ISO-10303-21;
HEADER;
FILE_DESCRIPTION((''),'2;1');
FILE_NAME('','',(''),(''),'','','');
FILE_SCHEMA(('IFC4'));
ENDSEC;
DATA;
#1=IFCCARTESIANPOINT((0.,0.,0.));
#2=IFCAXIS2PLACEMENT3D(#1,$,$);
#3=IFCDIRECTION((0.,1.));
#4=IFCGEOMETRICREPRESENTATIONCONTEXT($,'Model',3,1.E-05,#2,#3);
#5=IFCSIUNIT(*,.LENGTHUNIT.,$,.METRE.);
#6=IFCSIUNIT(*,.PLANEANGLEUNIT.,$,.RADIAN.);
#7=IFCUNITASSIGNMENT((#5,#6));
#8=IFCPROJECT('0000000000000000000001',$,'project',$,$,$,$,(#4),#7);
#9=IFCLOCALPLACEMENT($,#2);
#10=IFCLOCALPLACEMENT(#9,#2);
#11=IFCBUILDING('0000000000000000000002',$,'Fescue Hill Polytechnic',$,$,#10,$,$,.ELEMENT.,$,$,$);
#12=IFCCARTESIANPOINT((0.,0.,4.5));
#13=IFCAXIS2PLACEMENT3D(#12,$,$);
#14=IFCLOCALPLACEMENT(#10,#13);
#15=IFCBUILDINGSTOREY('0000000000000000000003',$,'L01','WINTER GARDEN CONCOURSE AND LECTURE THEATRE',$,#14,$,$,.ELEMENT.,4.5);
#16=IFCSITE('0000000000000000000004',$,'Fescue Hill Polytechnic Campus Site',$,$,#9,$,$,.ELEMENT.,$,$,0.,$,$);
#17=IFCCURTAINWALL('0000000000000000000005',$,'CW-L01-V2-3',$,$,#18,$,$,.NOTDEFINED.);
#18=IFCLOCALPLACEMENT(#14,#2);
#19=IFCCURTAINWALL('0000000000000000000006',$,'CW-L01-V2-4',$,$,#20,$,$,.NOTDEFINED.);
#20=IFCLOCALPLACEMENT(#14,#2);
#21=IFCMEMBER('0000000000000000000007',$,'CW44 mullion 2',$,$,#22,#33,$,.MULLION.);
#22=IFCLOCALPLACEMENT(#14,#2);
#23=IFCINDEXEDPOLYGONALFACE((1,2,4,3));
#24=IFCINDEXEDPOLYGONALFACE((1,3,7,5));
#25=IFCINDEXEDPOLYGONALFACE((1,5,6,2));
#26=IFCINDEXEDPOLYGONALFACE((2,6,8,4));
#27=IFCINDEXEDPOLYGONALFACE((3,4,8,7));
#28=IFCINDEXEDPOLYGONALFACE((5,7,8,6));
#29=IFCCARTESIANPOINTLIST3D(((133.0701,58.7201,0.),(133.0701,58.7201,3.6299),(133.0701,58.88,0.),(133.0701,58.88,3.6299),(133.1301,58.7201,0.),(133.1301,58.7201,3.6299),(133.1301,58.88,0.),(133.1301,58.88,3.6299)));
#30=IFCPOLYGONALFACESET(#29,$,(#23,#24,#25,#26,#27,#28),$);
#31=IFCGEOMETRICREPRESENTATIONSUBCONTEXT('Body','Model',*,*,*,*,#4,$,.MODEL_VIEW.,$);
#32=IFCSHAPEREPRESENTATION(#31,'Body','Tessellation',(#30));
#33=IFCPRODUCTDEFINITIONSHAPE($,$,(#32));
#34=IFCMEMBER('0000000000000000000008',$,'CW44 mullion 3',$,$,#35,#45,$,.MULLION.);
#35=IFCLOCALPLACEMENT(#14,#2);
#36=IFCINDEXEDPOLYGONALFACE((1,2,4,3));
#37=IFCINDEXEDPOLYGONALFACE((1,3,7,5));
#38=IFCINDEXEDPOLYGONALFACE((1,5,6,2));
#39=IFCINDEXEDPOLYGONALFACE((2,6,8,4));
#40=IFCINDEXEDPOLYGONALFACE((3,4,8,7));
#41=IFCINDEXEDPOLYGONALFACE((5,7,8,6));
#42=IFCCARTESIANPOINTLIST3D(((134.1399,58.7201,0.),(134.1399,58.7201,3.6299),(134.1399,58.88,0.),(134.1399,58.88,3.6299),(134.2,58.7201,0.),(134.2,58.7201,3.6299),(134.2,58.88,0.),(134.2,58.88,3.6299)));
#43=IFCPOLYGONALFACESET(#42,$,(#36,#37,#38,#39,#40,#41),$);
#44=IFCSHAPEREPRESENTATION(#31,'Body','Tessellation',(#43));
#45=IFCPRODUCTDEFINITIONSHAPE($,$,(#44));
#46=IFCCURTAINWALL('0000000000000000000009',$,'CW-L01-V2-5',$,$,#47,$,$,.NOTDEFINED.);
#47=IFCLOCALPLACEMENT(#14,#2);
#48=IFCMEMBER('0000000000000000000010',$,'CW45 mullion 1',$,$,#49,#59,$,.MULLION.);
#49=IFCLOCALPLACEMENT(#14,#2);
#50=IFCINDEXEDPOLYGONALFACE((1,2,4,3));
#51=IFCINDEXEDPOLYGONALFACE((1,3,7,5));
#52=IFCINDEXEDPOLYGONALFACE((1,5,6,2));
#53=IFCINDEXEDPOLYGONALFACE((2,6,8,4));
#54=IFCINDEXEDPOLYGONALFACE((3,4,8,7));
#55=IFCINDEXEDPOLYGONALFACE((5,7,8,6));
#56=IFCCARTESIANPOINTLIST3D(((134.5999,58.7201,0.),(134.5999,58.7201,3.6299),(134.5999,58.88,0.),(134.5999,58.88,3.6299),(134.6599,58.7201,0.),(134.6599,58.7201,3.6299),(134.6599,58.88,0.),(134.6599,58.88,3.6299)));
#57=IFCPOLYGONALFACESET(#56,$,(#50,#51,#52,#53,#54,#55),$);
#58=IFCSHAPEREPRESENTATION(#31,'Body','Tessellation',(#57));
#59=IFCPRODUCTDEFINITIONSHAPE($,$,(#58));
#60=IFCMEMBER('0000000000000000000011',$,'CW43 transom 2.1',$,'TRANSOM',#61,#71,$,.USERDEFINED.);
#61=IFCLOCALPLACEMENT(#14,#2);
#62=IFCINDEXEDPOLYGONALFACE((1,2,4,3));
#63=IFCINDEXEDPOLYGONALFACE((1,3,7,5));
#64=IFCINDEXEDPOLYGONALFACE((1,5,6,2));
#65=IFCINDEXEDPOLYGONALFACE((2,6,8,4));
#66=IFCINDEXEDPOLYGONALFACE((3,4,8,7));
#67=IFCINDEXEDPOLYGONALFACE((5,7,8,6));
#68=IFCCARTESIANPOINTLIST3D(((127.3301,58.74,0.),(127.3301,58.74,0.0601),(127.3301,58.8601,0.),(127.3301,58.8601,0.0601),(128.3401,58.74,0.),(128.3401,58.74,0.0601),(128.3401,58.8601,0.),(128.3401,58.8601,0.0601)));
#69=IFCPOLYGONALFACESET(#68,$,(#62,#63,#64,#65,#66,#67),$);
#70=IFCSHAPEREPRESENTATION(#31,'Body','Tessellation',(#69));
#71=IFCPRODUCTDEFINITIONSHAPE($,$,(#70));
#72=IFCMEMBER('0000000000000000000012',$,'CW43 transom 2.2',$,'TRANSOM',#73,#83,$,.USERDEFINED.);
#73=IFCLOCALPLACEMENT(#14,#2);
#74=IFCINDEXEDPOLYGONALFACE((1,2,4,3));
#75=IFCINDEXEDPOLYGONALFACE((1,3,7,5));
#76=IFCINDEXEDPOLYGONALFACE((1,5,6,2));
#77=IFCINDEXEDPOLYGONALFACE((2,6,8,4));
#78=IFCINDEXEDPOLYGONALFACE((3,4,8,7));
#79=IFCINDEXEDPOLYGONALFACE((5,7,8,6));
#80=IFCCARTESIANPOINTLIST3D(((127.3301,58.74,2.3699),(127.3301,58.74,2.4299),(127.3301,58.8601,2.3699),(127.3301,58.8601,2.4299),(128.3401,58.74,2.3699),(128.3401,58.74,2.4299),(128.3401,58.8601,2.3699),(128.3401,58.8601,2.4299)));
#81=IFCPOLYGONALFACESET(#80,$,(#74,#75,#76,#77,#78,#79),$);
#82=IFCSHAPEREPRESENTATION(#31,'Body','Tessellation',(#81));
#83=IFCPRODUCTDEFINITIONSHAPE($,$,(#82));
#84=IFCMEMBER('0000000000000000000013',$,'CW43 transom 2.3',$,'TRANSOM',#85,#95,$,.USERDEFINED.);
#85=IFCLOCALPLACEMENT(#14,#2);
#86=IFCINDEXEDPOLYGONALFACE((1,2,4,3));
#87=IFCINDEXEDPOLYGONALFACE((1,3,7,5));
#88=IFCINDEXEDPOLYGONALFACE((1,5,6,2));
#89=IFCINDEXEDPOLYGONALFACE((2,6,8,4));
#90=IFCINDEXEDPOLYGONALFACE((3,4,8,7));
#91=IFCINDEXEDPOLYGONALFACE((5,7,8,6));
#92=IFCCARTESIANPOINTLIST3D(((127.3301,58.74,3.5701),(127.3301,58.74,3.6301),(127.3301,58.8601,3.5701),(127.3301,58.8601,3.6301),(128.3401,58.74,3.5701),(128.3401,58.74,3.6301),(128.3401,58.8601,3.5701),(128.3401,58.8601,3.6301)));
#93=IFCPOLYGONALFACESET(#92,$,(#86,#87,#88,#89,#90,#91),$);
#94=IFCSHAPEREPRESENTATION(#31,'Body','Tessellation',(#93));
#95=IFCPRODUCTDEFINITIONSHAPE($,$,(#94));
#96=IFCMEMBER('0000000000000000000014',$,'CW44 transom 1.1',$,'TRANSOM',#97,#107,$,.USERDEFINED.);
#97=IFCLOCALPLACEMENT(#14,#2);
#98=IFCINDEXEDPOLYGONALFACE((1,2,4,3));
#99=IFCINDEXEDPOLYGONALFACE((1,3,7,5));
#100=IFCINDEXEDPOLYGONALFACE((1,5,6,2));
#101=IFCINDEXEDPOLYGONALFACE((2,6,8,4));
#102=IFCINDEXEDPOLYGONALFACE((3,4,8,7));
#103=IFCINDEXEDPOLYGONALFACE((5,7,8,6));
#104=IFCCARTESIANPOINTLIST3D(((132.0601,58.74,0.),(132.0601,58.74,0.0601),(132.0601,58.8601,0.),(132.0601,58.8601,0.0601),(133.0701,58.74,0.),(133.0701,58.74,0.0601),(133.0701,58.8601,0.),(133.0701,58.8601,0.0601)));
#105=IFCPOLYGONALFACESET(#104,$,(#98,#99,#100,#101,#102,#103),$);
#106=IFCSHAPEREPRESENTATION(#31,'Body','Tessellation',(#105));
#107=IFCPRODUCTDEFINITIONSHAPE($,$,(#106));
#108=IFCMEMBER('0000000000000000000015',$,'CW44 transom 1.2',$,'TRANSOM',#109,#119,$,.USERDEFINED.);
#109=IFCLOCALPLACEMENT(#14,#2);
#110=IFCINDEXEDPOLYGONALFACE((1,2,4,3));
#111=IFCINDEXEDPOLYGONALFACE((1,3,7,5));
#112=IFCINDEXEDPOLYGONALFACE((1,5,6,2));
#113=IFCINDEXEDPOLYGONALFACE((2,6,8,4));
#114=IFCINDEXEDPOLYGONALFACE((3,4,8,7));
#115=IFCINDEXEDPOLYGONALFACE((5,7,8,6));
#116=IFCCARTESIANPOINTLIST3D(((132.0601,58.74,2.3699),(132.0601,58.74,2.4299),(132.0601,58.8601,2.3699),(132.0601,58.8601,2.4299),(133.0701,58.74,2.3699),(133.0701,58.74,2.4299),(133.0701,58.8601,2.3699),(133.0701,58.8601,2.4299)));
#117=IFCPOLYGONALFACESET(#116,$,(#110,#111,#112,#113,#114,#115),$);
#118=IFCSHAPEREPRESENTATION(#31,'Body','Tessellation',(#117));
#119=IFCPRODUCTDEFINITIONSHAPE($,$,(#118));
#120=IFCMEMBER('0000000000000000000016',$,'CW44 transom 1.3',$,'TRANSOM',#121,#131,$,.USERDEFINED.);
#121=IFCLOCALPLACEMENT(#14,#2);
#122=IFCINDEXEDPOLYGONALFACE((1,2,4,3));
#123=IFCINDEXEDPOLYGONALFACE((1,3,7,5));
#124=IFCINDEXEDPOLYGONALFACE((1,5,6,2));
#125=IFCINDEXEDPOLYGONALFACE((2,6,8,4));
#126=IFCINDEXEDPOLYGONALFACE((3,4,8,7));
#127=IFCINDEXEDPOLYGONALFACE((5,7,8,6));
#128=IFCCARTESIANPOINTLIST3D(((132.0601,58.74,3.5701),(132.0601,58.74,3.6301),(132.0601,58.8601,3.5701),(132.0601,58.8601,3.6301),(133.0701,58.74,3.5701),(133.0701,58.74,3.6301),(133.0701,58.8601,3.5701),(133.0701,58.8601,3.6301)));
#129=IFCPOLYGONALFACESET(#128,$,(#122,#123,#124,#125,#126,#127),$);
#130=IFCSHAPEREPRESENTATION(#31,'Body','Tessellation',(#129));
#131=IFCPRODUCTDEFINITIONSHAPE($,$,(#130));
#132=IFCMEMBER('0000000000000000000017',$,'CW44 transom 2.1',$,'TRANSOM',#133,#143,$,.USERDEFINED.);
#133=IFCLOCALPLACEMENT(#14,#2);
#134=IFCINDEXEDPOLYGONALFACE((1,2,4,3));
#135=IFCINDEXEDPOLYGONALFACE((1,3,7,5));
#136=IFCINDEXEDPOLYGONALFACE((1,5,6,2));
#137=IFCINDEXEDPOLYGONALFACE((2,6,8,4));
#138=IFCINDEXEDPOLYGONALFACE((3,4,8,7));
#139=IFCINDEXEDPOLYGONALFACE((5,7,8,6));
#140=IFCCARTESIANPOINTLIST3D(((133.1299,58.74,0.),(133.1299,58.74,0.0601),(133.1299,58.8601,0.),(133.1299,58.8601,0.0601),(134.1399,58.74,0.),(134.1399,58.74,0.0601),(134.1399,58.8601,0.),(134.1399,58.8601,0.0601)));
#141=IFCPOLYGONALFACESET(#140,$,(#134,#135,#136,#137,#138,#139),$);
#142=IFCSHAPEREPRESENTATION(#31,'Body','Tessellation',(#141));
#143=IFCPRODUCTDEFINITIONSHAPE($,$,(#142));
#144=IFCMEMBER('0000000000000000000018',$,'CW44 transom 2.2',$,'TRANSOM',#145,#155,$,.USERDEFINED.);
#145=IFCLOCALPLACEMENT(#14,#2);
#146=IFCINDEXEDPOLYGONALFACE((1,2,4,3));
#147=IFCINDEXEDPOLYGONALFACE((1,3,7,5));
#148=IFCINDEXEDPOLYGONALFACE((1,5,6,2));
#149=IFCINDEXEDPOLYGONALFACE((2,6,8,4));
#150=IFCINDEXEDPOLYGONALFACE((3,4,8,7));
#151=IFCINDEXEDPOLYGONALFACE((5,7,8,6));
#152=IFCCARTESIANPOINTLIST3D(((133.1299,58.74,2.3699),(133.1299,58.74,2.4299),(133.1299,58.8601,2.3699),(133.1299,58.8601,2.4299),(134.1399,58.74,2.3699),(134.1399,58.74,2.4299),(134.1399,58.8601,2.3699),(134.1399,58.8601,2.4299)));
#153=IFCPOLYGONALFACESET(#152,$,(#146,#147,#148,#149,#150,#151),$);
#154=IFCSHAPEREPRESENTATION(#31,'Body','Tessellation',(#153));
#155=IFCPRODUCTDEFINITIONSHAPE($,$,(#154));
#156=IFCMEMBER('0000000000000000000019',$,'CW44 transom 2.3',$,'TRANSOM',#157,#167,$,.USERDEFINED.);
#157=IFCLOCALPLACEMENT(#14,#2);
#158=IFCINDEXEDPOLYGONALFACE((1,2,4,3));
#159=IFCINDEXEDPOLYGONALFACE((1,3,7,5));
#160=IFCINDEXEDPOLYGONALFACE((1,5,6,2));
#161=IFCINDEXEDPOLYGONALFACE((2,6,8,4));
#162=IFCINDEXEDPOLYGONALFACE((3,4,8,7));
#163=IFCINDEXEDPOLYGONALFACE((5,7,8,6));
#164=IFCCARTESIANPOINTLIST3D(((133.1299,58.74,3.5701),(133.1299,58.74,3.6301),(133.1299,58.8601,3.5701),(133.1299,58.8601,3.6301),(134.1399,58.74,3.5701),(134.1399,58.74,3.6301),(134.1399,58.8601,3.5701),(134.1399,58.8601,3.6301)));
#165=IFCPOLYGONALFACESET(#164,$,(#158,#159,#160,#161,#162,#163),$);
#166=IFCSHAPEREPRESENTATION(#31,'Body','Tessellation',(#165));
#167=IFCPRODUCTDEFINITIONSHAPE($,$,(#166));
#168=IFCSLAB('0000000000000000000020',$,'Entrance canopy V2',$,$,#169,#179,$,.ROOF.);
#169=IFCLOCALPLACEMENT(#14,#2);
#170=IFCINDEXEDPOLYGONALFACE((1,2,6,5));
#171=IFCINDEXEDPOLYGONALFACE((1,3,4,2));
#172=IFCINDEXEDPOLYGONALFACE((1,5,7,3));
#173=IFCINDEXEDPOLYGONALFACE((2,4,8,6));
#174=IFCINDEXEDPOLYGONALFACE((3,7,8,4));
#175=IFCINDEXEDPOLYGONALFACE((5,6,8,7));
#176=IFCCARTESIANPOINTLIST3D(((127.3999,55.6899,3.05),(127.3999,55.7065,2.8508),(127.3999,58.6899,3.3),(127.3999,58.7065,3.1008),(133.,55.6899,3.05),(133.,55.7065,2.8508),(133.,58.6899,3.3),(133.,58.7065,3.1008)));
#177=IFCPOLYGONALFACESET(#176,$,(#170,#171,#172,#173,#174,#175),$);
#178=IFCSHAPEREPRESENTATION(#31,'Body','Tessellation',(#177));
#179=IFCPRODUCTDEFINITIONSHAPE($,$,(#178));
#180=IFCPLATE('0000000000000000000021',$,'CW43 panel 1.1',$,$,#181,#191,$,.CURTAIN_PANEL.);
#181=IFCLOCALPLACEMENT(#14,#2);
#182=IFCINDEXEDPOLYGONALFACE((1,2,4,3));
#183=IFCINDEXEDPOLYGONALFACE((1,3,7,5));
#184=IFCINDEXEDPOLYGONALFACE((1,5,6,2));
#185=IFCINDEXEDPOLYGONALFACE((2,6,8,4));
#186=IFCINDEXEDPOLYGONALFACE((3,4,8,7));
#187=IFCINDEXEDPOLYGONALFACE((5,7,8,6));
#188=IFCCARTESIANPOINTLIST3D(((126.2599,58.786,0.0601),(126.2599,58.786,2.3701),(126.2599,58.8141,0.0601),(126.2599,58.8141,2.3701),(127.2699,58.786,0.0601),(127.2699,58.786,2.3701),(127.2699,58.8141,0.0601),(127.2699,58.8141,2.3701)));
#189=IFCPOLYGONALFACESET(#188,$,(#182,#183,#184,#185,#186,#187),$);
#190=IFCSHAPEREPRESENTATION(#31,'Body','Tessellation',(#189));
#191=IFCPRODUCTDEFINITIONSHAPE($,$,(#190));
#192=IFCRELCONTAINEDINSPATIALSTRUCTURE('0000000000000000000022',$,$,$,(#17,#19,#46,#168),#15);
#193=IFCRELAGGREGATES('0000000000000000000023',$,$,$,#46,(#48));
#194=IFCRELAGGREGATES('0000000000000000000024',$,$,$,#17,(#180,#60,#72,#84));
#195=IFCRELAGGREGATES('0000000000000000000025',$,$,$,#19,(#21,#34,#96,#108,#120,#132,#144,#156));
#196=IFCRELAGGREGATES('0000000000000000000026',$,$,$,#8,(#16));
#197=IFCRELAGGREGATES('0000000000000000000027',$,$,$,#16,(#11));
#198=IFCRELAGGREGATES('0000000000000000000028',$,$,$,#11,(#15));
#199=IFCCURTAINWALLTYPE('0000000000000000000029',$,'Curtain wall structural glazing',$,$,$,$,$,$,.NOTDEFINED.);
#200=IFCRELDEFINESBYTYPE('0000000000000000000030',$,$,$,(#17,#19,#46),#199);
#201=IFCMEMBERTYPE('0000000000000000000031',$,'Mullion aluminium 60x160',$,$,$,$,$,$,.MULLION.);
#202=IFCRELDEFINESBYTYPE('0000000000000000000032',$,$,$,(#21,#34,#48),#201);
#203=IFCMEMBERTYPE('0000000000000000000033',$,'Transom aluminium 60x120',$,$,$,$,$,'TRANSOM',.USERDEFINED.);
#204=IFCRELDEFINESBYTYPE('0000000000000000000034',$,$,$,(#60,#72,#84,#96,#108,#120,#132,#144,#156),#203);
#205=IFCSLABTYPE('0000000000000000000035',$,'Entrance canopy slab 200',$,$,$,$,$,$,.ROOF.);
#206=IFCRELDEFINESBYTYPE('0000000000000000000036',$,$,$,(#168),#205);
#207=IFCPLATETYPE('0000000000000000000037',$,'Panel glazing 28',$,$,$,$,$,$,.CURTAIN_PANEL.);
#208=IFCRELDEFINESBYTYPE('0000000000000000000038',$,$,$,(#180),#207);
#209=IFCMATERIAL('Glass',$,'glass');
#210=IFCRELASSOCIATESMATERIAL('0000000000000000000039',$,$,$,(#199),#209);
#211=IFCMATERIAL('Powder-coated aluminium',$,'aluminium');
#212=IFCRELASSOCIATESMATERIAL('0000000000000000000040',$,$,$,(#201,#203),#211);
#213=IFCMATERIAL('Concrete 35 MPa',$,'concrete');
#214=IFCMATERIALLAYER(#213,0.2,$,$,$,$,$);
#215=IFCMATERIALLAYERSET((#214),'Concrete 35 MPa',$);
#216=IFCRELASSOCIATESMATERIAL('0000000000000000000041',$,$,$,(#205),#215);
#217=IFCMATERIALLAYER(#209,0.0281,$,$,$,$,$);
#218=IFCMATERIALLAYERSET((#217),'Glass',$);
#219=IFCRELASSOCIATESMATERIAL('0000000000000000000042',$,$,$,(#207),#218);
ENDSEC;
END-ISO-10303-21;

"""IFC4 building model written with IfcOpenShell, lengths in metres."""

from ifc_helpers import new_model, si_unit, direction, frame, origin, origin_2d, place, context, subcontext, project, spatial, polyline, rectangle, outline, extrude, material, layer, layer_set, material_profile, profile_set, type_object, element, aggregate, save


model = new_model("IFC4")

# Units and contexts
model_context = context("Model", 3, precision=1e-05, world=origin(), true_north=direction((0.0, 1.0)))
body_context = subcontext(model_context, "Body", "Model", "MODEL_VIEW")
ifc_project = project(units=[si_unit("LENGTHUNIT", "METRE"), si_unit("PLANEANGLEUNIT", "RADIAN")], contexts=[model_context])

# Site, building, storey
site_placement = place(None, origin())
site = spatial("IfcSite", under=ifc_project, at=site_placement, Name="Fescue Hill Polytechnic Campus Site", CompositionType="ELEMENT", RefElevation=0.0)
building_placement = place(site_placement, origin())
building = spatial("IfcBuilding", under=site, at=building_placement, Name="Fescue Hill Polytechnic", CompositionType="ELEMENT")
storey_placement = place(building_placement, frame((0.0, 0.0, 4.5)))
storey = spatial("IfcBuildingStorey", under=building, at=storey_placement, Name="L01", Description="WINTER GARDEN CONCOURSE AND LECTURE THEATRE", CompositionType="ELEMENT", Elevation=4.5)

# Shared definitions
ifc_material_1 = material(Name="Concrete 35 MPa", Category="concrete")

# Curtain walls, members
ifc_material_2 = material(Name="Glass", Category="glass")
curtain_wall_type = type_object("IfcCurtainWallType", Name="Curtain wall structural glazing", PredefinedType="NOTDEFINED", material=ifc_material_2)
curtain_wall_1_placement = place(storey_placement, origin())
curtain_wall_1 = element("IfcCurtainWall", 1, at=curtain_wall_1_placement, inside=storey, type_object=curtain_wall_type, Name="CW-L01-V2-3", PredefinedType="NOTDEFINED")
ifc_material_3 = material(Name="Powder-coated aluminium", Category="aluminium")
ifc_material_profile_1 = material_profile(ifc_material_3, rectangle(XDim=0.1599, YDim=0.0601, at=origin_2d()), Name="Mullion aluminium 60x160")
ifc_profile_set_1 = profile_set([ifc_material_profile_1], Name="Powder-coated aluminium")
member_type_1 = type_object("IfcMemberType", Name="Mullion aluminium 60x160", PredefinedType="MULLION", material=ifc_profile_set_1)
curtain_wall_2_placement = place(storey_placement, origin())
curtain_wall_2 = element("IfcCurtainWall", 2, at=curtain_wall_2_placement, inside=storey, type_object=curtain_wall_type, Name="CW-L01-V2-4", PredefinedType="NOTDEFINED")
member_1_placement = place(storey_placement, frame((133.1001, 58.8, 0.0), z_axis=(0.0, 0.0, 1.0), x_axis=(0.0, 1.0, 0.0)))
member_1 = element("IfcMember", 3, at=member_1_placement, type_object=member_type_1, Name="CW44 mullion 2", PredefinedType="MULLION", context=body_context, shape_type="SweptSolid", body=[
    extrude(rectangle(XDim=0.1599, YDim=0.0601, at=origin_2d()), origin(), (0.0, 0.0, 1.0), 3.6299),
])
member_2_placement = place(storey_placement, frame((134.1699, 58.8, 0.0), z_axis=(0.0, 0.0, 1.0), x_axis=(0.0, 1.0, 0.0)))
member_2 = element("IfcMember", 4, at=member_2_placement, type_object=member_type_1, Name="CW44 mullion 3", PredefinedType="MULLION", context=body_context, shape_type="SweptSolid", body=[
    extrude(rectangle(XDim=0.1599, YDim=0.0601, at=origin_2d()), origin(), (0.0, 0.0, 1.0), 3.6299),
])

# Curtain wall, member
curtain_wall_3_placement = place(storey_placement, origin())
curtain_wall_3 = element("IfcCurtainWall", 5, at=curtain_wall_3_placement, inside=storey, type_object=curtain_wall_type, Name="CW-L01-V2-5", PredefinedType="NOTDEFINED")
member_3_placement = place(storey_placement, frame((134.6299, 58.8, 0.0), z_axis=(0.0, 0.0, 1.0), x_axis=(0.0, 1.0, 0.0)))
member_3 = element("IfcMember", 6, at=member_3_placement, type_object=member_type_1, Name="CW45 mullion 1", PredefinedType="MULLION", context=body_context, shape_type="SweptSolid", body=[
    extrude(rectangle(XDim=0.1599, YDim=0.0601, at=origin_2d()), origin(), (0.0, 0.0, 1.0), 3.6299),
])
aggregate(curtain_wall_3, [member_3])

# Members
ifc_material_profile_2 = material_profile(ifc_material_3, rectangle(XDim=0.1201, YDim=0.0601, at=origin_2d()), Name="Transom aluminium 60x120")
ifc_profile_set_2 = profile_set([ifc_material_profile_2], Name="Powder-coated aluminium")
member_type_2 = type_object("IfcMemberType", Name="Transom aluminium 60x120", ElementType="TRANSOM", PredefinedType="USERDEFINED", material=ifc_profile_set_2)
member_4_placement = place(storey_placement, frame((127.3301, 58.8, 0.03), z_axis=(1.0, 0.0, 0.0), x_axis=(0.0, 1.0, 0.0)))
member_4 = element("IfcMember", 7, at=member_4_placement, type_object=member_type_2, Name="CW43 transom 2.1", ObjectType="TRANSOM", PredefinedType="USERDEFINED", context=body_context, shape_type="SweptSolid", body=[
    extrude(rectangle(XDim=0.1201, YDim=0.0601, at=origin_2d()), origin(), (0.0, 0.0, 1.0), 1.01),
])
member_5_placement = place(storey_placement, frame((127.3301, 58.8, 2.3999), z_axis=(1.0, 0.0, 0.0), x_axis=(0.0, 1.0, 0.0)))
member_5 = element("IfcMember", 8, at=member_5_placement, type_object=member_type_2, Name="CW43 transom 2.2", ObjectType="TRANSOM", PredefinedType="USERDEFINED", context=body_context, shape_type="SweptSolid", body=[
    extrude(rectangle(XDim=0.1201, YDim=0.0601, at=origin_2d()), origin(), (0.0, 0.0, 1.0), 1.01),
])
member_6_placement = place(storey_placement, frame((127.3301, 58.8, 3.6001), z_axis=(1.0, 0.0, 0.0), x_axis=(0.0, 1.0, 0.0)))
member_6 = element("IfcMember", 9, at=member_6_placement, type_object=member_type_2, Name="CW43 transom 2.3", ObjectType="TRANSOM", PredefinedType="USERDEFINED", context=body_context, shape_type="SweptSolid", body=[
    extrude(rectangle(XDim=0.1201, YDim=0.0601, at=origin_2d()), origin(), (0.0, 0.0, 1.0), 1.01),
])
member_7_placement = place(storey_placement, frame((132.0601, 58.8, 0.03), z_axis=(1.0, 0.0, 0.0), x_axis=(0.0, 1.0, 0.0)))
member_7 = element("IfcMember", 10, at=member_7_placement, type_object=member_type_2, Name="CW44 transom 1.1", ObjectType="TRANSOM", PredefinedType="USERDEFINED", context=body_context, shape_type="SweptSolid", body=[
    extrude(rectangle(XDim=0.1201, YDim=0.0601, at=origin_2d()), origin(), (0.0, 0.0, 1.0), 1.01),
])
member_8_placement = place(storey_placement, frame((132.0601, 58.8, 2.3999), z_axis=(1.0, 0.0, 0.0), x_axis=(0.0, 1.0, 0.0)))
member_8 = element("IfcMember", 11, at=member_8_placement, type_object=member_type_2, Name="CW44 transom 1.2", ObjectType="TRANSOM", PredefinedType="USERDEFINED", context=body_context, shape_type="SweptSolid", body=[
    extrude(rectangle(XDim=0.1201, YDim=0.0601, at=origin_2d()), origin(), (0.0, 0.0, 1.0), 1.01),
])
member_9_placement = place(storey_placement, frame((132.0601, 58.8, 3.6001), z_axis=(1.0, 0.0, 0.0), x_axis=(0.0, 1.0, 0.0)))
member_9 = element("IfcMember", 12, at=member_9_placement, type_object=member_type_2, Name="CW44 transom 1.3", ObjectType="TRANSOM", PredefinedType="USERDEFINED", context=body_context, shape_type="SweptSolid", body=[
    extrude(rectangle(XDim=0.1201, YDim=0.0601, at=origin_2d()), origin(), (0.0, 0.0, 1.0), 1.01),
])
member_10_placement = place(storey_placement, frame((133.1299, 58.8, 0.03), z_axis=(1.0, 0.0, 0.0), x_axis=(0.0, 1.0, 0.0)))
member_10 = element("IfcMember", 13, at=member_10_placement, type_object=member_type_2, Name="CW44 transom 2.1", ObjectType="TRANSOM", PredefinedType="USERDEFINED", context=body_context, shape_type="SweptSolid", body=[
    extrude(rectangle(XDim=0.1201, YDim=0.0601, at=origin_2d()), origin(), (0.0, 0.0, 1.0), 1.01),
])
member_11_placement = place(storey_placement, frame((133.1299, 58.8, 2.3999), z_axis=(1.0, 0.0, 0.0), x_axis=(0.0, 1.0, 0.0)))
member_11 = element("IfcMember", 14, at=member_11_placement, type_object=member_type_2, Name="CW44 transom 2.2", ObjectType="TRANSOM", PredefinedType="USERDEFINED", context=body_context, shape_type="SweptSolid", body=[
    extrude(rectangle(XDim=0.1201, YDim=0.0601, at=origin_2d()), origin(), (0.0, 0.0, 1.0), 1.01),
])
member_12_placement = place(storey_placement, frame((133.1299, 58.8, 3.6001), z_axis=(1.0, 0.0, 0.0), x_axis=(0.0, 1.0, 0.0)))
member_12 = element("IfcMember", 15, at=member_12_placement, type_object=member_type_2, Name="CW44 transom 2.3", ObjectType="TRANSOM", PredefinedType="USERDEFINED", context=body_context, shape_type="SweptSolid", body=[
    extrude(rectangle(XDim=0.1201, YDim=0.0601, at=origin_2d()), origin(), (0.0, 0.0, 1.0), 1.01),
])

# Slab
ifc_layer_1 = layer(ifc_material_1, 0.2)
ifc_layer_set_1 = layer_set([ifc_layer_1], Name="Concrete 35 MPa")
slab_type = type_object("IfcSlabType", Name="Entrance canopy slab 200", PredefinedType="ROOF", material=ifc_layer_set_1)
slab_placement = place(storey_placement, frame((127.3999, 58.6899, 3.3), z_axis=(0.0, -0.083045, 0.996546), x_axis=(1.0, 0.0, 0.0)))
element("IfcSlab", 16, at=slab_placement, inside=storey, type_object=slab_type, Name="Entrance canopy V2", PredefinedType="ROOF", context=body_context, shape_type="SweptSolid", body=[
    extrude(outline(polyline([(0.0, 0.0), (5.6001, 0.0), (5.6001, -3.0104), (0.0, -3.0104), (0.0, 0.0)])), origin(), (0.0, 0.0, -1.0), 0.2),
])

# Plate
ifc_layer_2 = layer(ifc_material_2, 0.0281)
ifc_layer_set_2 = layer_set([ifc_layer_2], Name="Glass")
plate_type = type_object("IfcPlateType", Name="Panel glazing 28", PredefinedType="CURTAIN_PANEL", material=ifc_layer_set_2)
plate_1_placement = place(storey_placement, frame((126.7649, 58.8, 0.0601), z_axis=(0.0, 0.0, 1.0), x_axis=(1.0, 0.0, 0.0)))
plate_1 = element("IfcPlate", 17, at=plate_1_placement, type_object=plate_type, Name="CW43 panel 1.1", PredefinedType="CURTAIN_PANEL", context=body_context, shape_type="SweptSolid", body=[
    extrude(rectangle(XDim=1.01, YDim=0.0281, at=origin_2d()), origin(), (0.0, 0.0, 1.0), 2.3101),
])
aggregate(curtain_wall_1, [plate_1, member_4, member_5, member_6])
aggregate(curtain_wall_2, [member_1, member_2, member_7, member_8, member_9, member_10, member_11, member_12])

save(model, "model.ifc")
